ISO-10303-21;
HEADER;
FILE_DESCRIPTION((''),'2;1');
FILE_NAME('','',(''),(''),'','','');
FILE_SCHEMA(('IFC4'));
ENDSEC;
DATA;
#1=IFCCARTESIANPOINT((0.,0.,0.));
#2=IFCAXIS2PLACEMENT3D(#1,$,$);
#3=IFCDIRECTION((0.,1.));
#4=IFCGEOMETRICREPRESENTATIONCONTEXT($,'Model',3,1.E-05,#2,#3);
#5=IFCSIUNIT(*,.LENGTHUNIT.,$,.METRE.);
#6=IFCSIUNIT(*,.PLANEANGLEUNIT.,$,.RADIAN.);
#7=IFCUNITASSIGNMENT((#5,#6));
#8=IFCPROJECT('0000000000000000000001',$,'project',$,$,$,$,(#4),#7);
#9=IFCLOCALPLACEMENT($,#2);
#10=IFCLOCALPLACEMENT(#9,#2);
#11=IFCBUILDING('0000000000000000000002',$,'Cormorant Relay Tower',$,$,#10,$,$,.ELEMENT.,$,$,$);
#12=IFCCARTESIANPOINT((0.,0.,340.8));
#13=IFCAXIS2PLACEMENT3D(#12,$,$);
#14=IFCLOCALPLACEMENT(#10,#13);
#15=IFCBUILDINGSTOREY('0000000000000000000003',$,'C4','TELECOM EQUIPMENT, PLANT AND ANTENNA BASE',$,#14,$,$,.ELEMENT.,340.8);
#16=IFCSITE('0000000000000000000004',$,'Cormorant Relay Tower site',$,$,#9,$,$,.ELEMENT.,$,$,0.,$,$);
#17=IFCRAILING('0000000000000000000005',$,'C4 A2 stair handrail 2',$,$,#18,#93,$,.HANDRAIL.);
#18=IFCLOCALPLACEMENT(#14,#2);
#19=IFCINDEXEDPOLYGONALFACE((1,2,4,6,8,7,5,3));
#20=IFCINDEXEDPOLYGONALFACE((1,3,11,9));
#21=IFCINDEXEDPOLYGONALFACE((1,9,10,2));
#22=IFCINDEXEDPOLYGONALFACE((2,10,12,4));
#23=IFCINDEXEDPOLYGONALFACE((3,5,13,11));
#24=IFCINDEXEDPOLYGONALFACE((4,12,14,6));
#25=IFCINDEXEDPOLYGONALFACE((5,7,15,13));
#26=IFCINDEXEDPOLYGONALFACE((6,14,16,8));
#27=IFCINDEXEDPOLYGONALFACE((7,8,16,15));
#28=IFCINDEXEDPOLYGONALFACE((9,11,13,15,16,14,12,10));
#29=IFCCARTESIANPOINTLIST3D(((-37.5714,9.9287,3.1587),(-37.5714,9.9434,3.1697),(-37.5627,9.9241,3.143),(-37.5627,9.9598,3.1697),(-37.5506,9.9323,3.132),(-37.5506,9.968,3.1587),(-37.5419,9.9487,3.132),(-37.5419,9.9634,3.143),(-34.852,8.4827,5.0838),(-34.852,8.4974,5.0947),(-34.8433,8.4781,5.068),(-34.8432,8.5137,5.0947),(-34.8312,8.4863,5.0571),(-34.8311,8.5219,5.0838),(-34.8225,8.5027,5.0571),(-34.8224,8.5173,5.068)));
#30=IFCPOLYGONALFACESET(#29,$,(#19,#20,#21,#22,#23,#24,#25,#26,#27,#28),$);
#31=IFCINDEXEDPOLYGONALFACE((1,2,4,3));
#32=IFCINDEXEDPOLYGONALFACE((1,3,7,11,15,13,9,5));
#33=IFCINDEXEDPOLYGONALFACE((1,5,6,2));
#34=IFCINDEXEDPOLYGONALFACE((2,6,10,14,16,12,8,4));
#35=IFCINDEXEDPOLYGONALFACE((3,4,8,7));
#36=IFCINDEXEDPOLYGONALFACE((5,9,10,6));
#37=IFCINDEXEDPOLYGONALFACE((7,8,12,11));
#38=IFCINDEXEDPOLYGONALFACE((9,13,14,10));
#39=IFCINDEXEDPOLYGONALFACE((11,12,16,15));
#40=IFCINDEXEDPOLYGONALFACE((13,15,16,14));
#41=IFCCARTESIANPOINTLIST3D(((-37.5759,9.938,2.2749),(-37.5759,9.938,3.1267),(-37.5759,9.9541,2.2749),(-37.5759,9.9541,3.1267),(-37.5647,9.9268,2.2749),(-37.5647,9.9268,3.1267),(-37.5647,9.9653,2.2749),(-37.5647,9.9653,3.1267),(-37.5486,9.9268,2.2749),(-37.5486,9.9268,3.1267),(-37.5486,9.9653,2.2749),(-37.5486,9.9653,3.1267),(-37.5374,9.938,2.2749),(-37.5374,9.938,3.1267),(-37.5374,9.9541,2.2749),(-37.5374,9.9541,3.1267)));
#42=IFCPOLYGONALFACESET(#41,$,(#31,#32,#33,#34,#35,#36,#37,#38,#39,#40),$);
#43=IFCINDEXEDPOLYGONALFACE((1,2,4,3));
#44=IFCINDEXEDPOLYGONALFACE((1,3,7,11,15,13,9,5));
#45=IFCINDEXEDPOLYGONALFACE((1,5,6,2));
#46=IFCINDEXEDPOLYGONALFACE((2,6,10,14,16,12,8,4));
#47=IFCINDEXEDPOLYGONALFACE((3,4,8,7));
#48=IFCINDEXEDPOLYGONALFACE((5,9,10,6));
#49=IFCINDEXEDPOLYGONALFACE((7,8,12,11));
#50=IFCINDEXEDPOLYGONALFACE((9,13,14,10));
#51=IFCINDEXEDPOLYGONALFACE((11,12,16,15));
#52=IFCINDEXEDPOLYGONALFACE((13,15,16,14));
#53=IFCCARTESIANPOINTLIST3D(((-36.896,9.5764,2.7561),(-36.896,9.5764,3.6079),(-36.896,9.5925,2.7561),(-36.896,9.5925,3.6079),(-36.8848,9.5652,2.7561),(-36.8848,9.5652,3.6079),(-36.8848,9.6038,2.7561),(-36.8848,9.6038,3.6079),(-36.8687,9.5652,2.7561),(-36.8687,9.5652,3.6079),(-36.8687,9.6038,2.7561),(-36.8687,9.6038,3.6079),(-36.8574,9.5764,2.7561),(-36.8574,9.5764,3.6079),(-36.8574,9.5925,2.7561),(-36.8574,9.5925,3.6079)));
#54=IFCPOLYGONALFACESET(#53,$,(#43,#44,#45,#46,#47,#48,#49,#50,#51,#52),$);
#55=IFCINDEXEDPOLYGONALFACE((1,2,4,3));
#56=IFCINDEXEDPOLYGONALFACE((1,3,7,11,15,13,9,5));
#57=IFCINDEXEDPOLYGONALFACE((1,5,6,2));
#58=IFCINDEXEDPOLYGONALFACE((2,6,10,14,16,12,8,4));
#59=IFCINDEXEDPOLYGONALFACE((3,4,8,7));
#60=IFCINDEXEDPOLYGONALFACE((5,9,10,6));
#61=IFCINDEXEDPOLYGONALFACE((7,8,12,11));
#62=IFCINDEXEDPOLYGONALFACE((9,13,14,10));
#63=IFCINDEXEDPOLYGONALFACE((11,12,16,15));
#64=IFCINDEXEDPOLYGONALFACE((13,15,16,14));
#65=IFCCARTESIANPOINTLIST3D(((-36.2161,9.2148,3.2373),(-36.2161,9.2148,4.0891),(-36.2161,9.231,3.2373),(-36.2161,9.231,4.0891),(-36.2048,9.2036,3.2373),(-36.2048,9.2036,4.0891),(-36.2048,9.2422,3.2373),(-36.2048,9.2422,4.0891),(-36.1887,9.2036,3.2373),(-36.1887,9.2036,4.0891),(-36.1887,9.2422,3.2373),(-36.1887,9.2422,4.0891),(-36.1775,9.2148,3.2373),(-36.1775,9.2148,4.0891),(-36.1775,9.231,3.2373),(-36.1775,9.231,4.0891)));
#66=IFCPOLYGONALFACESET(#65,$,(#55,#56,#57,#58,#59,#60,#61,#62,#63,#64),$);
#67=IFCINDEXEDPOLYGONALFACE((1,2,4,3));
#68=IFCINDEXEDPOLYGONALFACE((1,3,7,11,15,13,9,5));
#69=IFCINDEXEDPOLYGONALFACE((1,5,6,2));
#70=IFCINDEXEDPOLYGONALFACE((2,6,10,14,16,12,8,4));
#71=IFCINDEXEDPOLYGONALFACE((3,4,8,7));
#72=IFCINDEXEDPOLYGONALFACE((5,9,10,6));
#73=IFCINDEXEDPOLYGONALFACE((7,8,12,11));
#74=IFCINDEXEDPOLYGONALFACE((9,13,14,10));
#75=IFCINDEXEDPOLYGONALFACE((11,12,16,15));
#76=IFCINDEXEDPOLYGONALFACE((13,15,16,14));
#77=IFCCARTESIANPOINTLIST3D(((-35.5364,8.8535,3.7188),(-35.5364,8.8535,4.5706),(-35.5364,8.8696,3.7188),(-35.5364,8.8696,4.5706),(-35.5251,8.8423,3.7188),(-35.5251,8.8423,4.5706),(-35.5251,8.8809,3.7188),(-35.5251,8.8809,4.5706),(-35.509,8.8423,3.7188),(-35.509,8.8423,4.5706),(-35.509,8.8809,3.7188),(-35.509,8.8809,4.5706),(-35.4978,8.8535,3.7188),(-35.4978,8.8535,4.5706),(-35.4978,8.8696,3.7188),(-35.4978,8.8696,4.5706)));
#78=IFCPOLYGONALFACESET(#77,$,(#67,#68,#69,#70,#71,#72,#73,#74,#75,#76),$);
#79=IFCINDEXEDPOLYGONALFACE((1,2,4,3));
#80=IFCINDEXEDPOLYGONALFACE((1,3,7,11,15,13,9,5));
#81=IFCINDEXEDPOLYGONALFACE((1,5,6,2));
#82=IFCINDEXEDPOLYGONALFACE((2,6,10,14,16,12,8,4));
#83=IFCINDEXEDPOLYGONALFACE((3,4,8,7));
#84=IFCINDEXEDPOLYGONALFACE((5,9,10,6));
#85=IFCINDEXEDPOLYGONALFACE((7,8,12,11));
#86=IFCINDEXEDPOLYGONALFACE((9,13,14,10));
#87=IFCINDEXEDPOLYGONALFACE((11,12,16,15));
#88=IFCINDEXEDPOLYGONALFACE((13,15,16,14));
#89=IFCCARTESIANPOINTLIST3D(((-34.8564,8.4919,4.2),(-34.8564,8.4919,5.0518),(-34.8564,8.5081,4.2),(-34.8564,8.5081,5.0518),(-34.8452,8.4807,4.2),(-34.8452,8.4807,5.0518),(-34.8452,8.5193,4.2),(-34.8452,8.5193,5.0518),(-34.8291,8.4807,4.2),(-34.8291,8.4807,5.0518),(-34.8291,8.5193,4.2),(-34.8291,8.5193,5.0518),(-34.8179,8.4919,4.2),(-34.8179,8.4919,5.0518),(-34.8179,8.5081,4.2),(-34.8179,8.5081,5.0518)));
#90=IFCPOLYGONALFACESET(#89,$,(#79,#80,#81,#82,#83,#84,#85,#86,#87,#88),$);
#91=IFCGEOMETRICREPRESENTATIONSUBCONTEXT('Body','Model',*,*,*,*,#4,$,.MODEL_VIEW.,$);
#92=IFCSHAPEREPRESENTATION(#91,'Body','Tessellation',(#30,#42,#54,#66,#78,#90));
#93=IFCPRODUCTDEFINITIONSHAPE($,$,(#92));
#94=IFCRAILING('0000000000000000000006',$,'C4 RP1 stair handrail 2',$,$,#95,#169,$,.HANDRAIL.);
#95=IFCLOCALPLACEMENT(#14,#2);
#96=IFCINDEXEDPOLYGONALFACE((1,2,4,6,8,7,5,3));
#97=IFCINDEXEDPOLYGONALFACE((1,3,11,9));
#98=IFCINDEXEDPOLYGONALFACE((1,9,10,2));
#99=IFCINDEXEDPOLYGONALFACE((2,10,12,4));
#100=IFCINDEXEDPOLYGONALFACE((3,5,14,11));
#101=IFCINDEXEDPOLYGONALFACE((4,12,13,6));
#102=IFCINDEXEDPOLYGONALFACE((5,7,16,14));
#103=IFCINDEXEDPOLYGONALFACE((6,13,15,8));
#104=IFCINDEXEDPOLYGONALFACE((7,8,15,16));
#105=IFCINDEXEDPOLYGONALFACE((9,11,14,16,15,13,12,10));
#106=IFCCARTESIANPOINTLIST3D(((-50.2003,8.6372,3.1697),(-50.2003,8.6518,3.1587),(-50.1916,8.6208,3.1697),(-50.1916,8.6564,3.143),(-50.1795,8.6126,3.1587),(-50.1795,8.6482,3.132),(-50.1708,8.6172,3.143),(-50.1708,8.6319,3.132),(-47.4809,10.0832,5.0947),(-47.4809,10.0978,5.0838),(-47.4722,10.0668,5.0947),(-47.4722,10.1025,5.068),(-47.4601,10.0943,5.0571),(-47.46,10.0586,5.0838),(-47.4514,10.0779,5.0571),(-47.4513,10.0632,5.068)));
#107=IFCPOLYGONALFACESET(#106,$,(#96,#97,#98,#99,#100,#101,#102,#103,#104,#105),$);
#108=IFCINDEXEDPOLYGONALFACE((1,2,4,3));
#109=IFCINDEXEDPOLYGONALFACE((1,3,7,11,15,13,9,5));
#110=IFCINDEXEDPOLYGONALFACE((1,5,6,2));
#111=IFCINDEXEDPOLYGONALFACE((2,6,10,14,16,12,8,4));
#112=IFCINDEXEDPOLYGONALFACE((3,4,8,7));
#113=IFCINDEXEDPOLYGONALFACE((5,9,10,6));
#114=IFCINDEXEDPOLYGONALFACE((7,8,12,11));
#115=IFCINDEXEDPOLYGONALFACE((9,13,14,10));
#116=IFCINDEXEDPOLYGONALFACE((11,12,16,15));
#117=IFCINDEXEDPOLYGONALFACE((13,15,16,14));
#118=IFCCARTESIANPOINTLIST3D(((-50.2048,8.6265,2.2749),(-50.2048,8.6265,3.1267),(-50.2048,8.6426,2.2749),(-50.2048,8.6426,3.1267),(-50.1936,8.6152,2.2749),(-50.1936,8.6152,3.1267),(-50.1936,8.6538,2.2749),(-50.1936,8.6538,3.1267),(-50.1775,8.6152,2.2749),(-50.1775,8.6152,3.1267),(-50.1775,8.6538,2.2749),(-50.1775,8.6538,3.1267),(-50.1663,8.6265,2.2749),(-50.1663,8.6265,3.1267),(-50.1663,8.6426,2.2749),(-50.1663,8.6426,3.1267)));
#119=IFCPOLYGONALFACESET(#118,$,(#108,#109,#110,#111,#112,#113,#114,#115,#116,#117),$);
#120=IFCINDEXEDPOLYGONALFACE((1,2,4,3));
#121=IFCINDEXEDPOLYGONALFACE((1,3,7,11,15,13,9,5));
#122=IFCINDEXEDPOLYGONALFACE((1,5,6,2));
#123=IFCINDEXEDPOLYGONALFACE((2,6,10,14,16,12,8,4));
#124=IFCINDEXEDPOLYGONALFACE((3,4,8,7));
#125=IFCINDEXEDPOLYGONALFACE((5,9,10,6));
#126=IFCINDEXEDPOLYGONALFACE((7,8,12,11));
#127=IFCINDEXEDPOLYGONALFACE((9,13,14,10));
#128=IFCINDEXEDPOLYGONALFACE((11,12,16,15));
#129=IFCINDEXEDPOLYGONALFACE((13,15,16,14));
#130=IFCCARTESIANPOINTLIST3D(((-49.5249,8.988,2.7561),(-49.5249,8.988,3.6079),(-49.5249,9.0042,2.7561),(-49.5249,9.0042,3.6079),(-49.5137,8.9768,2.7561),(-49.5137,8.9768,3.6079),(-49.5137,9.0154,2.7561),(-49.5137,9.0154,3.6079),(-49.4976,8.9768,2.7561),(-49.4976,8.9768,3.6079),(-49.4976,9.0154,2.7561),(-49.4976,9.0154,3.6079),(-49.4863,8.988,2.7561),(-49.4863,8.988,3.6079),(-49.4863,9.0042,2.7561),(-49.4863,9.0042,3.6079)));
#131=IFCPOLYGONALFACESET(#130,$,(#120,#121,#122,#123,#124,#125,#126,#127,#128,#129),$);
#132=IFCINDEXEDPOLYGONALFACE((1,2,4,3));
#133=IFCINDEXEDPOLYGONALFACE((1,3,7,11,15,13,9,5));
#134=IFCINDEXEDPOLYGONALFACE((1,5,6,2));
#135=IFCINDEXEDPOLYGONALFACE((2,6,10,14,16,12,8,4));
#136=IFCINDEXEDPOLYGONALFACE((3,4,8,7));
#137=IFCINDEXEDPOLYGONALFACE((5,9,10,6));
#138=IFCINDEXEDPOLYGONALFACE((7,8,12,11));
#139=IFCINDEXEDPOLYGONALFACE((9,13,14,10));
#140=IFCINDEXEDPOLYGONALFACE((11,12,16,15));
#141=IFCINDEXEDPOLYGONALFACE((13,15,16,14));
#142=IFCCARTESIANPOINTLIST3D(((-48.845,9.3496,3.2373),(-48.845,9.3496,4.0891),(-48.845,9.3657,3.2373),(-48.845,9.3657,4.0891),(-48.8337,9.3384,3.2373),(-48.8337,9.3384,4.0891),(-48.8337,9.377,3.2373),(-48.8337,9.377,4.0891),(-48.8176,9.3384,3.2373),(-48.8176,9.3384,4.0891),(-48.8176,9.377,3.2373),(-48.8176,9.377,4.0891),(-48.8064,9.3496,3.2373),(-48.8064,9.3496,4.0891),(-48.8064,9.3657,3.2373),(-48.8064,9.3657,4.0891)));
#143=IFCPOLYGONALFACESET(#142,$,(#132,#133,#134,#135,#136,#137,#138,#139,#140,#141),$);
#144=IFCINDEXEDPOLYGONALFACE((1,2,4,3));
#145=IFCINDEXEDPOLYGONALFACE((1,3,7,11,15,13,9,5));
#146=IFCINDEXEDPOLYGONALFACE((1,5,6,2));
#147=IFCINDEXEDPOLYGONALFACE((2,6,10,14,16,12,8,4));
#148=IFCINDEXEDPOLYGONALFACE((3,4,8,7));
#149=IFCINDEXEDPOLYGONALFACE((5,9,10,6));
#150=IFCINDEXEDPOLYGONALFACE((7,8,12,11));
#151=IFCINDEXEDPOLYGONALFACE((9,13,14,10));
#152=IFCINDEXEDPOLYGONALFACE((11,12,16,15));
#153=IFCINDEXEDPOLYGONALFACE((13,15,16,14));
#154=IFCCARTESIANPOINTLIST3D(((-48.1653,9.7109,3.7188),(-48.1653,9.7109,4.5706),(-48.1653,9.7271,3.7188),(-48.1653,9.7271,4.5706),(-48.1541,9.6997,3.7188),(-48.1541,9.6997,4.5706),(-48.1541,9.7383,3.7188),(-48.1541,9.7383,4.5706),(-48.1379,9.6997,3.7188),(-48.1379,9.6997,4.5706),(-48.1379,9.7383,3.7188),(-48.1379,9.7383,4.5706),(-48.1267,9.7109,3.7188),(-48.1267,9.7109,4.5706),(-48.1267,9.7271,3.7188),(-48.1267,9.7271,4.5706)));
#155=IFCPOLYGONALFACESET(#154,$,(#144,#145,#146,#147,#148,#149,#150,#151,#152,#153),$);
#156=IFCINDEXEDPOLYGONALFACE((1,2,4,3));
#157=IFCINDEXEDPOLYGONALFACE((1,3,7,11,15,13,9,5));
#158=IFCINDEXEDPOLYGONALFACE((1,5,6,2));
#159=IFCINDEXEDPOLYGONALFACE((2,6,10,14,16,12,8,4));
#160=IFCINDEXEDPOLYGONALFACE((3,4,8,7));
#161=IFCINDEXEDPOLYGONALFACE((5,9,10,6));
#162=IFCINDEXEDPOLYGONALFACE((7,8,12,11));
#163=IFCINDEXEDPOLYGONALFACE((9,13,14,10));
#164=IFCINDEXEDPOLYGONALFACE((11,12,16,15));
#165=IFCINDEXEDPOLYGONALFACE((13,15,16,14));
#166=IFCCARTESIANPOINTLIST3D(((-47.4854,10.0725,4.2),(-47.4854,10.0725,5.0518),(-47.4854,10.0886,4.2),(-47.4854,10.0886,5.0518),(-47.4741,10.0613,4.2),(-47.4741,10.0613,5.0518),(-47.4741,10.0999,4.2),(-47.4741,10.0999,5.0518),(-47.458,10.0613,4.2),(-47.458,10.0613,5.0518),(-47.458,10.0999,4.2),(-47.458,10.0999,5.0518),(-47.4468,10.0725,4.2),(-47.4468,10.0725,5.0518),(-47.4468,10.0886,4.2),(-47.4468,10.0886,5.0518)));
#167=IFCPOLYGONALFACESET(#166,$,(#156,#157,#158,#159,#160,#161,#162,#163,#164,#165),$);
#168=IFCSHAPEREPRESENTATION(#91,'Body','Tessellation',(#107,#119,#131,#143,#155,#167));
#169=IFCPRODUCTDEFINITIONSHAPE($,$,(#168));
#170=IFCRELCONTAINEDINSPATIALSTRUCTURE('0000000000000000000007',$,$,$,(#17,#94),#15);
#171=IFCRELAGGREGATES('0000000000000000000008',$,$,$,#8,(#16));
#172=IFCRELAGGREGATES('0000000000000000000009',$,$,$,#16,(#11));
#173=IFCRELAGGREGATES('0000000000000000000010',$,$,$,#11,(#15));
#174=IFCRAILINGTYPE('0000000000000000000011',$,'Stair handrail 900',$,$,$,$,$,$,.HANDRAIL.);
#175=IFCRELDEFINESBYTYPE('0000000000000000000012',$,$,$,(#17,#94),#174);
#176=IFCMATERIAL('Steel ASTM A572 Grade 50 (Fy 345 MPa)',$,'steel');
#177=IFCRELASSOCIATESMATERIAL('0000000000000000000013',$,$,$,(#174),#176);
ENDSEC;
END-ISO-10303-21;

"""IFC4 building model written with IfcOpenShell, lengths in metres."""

from ifc_helpers import new_model, si_unit, direction, frame, origin, place, context, subcontext, project, spatial, polyline, outline, extrude, material, type_object, element, save


model = new_model("IFC4")

# Units and contexts
model_context = context("Model", 3, precision=1e-05, world=origin(), true_north=direction((0.0, 1.0)))
body_context = subcontext(model_context, "Body", "Model", "MODEL_VIEW")
ifc_project = project(units=[si_unit("LENGTHUNIT", "METRE"), si_unit("PLANEANGLEUNIT", "RADIAN")], contexts=[model_context])

# Site, building, storey
site_placement = place(None, origin())
site = spatial("IfcSite", under=ifc_project, at=site_placement, Name="Cormorant Relay Tower site", CompositionType="ELEMENT", RefElevation=0.0)
building_placement = place(site_placement, origin())
building = spatial("IfcBuilding", under=site, at=building_placement, Name="Cormorant Relay Tower", CompositionType="ELEMENT")
storey_placement = place(building_placement, frame((0.0, 0.0, 340.8)))
storey = spatial("IfcBuildingStorey", under=building, at=storey_placement, Name="C4", Description="TELECOM EQUIPMENT, PLANT AND ANTENNA BASE", CompositionType="ELEMENT", Elevation=340.8)

# Railings
ifc_material_1 = material(Name="Steel ASTM A572 Grade 50 (Fy 345 MPa)", Category="steel")
railing_type_1 = type_object("IfcRailingType", Name="Stair handrail 900", PredefinedType="HANDRAIL", material=ifc_material_1)
railing_1_placement = place(storey_placement, frame((-37.5566, 9.946, 2.2749)))
element("IfcRailing", 1, at=railing_1_placement, inside=storey, type_object=railing_type_1, Name="C4 A2 stair handrail 2", PredefinedType="HANDRAIL", context=body_context, shape_type="SweptSolid", body=[
    extrude(outline(polyline([(0.0222, 0.0093), (0.0093, 0.0222), (-0.0093, 0.0222), (-0.0222, 0.0093), (-0.0222, -0.0093), (-0.0093, -0.0222), (0.0093, -0.0222), (0.0222, -0.0093), (0.0222, 0.0093)])), frame((0.0, 0.0, 0.876), z_axis=(0.748727, -0.398125, 0.530004), x_axis=(0.469489, 0.882938, 0.0)), (0.0, 0.0, 1.0), 3.6321),
    extrude(outline(polyline([(0.0193, 0.0081), (0.0081, 0.0193), (-0.0081, 0.0193), (-0.0193, 0.0081), (-0.0193, -0.0081), (-0.0081, -0.0193), (0.0081, -0.0193), (0.0193, -0.0081), (0.0193, 0.0081)])), origin(), (0.0, 0.0, 1.0), 0.8518),
    extrude(outline(polyline([(0.0193, 0.0081), (0.0081, 0.0193), (-0.0081, 0.0193), (-0.0193, 0.0081), (-0.0193, -0.0081), (-0.0081, -0.0193), (0.0081, -0.0193), (0.0193, -0.0081), (0.0193, 0.0081)])), frame((0.6799, -0.3616, 0.4812)), (0.0, 0.0, 1.0), 0.8518),
    extrude(outline(polyline([(0.0193, 0.0081), (0.0081, 0.0193), (-0.0081, 0.0193), (-0.0193, 0.0081), (-0.0193, -0.0081), (-0.0081, -0.0193), (0.0081, -0.0193), (0.0193, -0.0081), (0.0193, 0.0081)])), frame((1.3599, -0.7231, 0.9624)), (0.0, 0.0, 1.0), 0.8518),
    extrude(outline(polyline([(0.0193, 0.0081), (0.0081, 0.0193), (-0.0081, 0.0193), (-0.0193, 0.0081), (-0.0193, -0.0081), (-0.0081, -0.0193), (0.0081, -0.0193), (0.0193, -0.0081), (0.0193, 0.0081)])), frame((2.0396, -1.0845, 1.4438)), (0.0, 0.0, 1.0), 0.8518),
    extrude(outline(polyline([(0.0193, 0.0081), (0.0081, 0.0193), (-0.0081, 0.0193), (-0.0193, 0.0081), (-0.0193, -0.0081), (-0.0081, -0.0193), (0.0081, -0.0193), (0.0193, -0.0081), (0.0193, 0.0081)])), frame((2.7195, -1.446, 1.925)), (0.0, 0.0, 1.0), 0.8518),
])
railing_2_placement = place(storey_placement, frame((-50.1855, 8.6345, 2.2749)))
element("IfcRailing", 2, at=railing_2_placement, inside=storey, type_object=railing_type_1, Name="C4 RP1 stair handrail 2", PredefinedType="HANDRAIL", context=body_context, shape_type="SweptSolid", body=[
    extrude(outline(polyline([(0.0222, 0.0093), (0.0093, 0.0222), (-0.0093, 0.0222), (-0.0222, 0.0093), (-0.0222, -0.0093), (-0.0093, -0.0222), (0.0093, -0.0222), (0.0222, -0.0093), (0.0222, 0.0093)])), frame((0.0, 0.0, 0.876), z_axis=(0.748727, 0.398125, 0.530004), x_axis=(-0.469489, 0.882938, 0.0)), (0.0, 0.0, 1.0), 3.6321),
    extrude(outline(polyline([(0.0193, 0.0081), (0.0081, 0.0193), (-0.0081, 0.0193), (-0.0193, 0.0081), (-0.0193, -0.0081), (-0.0081, -0.0193), (0.0081, -0.0193), (0.0193, -0.0081), (0.0193, 0.0081)])), origin(), (0.0, 0.0, 1.0), 0.8518),
    extrude(outline(polyline([(0.0193, 0.0081), (0.0081, 0.0193), (-0.0081, 0.0193), (-0.0193, 0.0081), (-0.0193, -0.0081), (-0.0081, -0.0193), (0.0081, -0.0193), (0.0193, -0.0081), (0.0193, 0.0081)])), frame((0.6799, 0.3616, 0.4812)), (0.0, 0.0, 1.0), 0.8518),
    extrude(outline(polyline([(0.0193, 0.0081), (0.0081, 0.0193), (-0.0081, 0.0193), (-0.0193, 0.0081), (-0.0193, -0.0081), (-0.0081, -0.0193), (0.0081, -0.0193), (0.0193, -0.0081), (0.0193, 0.0081)])), frame((1.3599, 0.7231, 0.9624)), (0.0, 0.0, 1.0), 0.8518),
    extrude(outline(polyline([(0.0193, 0.0081), (0.0081, 0.0193), (-0.0081, 0.0193), (-0.0193, 0.0081), (-0.0193, -0.0081), (-0.0081, -0.0193), (0.0081, -0.0193), (0.0193, -0.0081), (0.0193, 0.0081)])), frame((2.0396, 1.0845, 1.4438)), (0.0, 0.0, 1.0), 0.8518),
    extrude(outline(polyline([(0.0193, 0.0081), (0.0081, 0.0193), (-0.0081, 0.0193), (-0.0193, 0.0081), (-0.0193, -0.0081), (-0.0081, -0.0193), (0.0081, -0.0193), (0.0193, -0.0081), (0.0193, 0.0081)])), frame((2.7195, 1.446, 1.925)), (0.0, 0.0, 1.0), 0.8518),
])

save(model, "model.ifc")
